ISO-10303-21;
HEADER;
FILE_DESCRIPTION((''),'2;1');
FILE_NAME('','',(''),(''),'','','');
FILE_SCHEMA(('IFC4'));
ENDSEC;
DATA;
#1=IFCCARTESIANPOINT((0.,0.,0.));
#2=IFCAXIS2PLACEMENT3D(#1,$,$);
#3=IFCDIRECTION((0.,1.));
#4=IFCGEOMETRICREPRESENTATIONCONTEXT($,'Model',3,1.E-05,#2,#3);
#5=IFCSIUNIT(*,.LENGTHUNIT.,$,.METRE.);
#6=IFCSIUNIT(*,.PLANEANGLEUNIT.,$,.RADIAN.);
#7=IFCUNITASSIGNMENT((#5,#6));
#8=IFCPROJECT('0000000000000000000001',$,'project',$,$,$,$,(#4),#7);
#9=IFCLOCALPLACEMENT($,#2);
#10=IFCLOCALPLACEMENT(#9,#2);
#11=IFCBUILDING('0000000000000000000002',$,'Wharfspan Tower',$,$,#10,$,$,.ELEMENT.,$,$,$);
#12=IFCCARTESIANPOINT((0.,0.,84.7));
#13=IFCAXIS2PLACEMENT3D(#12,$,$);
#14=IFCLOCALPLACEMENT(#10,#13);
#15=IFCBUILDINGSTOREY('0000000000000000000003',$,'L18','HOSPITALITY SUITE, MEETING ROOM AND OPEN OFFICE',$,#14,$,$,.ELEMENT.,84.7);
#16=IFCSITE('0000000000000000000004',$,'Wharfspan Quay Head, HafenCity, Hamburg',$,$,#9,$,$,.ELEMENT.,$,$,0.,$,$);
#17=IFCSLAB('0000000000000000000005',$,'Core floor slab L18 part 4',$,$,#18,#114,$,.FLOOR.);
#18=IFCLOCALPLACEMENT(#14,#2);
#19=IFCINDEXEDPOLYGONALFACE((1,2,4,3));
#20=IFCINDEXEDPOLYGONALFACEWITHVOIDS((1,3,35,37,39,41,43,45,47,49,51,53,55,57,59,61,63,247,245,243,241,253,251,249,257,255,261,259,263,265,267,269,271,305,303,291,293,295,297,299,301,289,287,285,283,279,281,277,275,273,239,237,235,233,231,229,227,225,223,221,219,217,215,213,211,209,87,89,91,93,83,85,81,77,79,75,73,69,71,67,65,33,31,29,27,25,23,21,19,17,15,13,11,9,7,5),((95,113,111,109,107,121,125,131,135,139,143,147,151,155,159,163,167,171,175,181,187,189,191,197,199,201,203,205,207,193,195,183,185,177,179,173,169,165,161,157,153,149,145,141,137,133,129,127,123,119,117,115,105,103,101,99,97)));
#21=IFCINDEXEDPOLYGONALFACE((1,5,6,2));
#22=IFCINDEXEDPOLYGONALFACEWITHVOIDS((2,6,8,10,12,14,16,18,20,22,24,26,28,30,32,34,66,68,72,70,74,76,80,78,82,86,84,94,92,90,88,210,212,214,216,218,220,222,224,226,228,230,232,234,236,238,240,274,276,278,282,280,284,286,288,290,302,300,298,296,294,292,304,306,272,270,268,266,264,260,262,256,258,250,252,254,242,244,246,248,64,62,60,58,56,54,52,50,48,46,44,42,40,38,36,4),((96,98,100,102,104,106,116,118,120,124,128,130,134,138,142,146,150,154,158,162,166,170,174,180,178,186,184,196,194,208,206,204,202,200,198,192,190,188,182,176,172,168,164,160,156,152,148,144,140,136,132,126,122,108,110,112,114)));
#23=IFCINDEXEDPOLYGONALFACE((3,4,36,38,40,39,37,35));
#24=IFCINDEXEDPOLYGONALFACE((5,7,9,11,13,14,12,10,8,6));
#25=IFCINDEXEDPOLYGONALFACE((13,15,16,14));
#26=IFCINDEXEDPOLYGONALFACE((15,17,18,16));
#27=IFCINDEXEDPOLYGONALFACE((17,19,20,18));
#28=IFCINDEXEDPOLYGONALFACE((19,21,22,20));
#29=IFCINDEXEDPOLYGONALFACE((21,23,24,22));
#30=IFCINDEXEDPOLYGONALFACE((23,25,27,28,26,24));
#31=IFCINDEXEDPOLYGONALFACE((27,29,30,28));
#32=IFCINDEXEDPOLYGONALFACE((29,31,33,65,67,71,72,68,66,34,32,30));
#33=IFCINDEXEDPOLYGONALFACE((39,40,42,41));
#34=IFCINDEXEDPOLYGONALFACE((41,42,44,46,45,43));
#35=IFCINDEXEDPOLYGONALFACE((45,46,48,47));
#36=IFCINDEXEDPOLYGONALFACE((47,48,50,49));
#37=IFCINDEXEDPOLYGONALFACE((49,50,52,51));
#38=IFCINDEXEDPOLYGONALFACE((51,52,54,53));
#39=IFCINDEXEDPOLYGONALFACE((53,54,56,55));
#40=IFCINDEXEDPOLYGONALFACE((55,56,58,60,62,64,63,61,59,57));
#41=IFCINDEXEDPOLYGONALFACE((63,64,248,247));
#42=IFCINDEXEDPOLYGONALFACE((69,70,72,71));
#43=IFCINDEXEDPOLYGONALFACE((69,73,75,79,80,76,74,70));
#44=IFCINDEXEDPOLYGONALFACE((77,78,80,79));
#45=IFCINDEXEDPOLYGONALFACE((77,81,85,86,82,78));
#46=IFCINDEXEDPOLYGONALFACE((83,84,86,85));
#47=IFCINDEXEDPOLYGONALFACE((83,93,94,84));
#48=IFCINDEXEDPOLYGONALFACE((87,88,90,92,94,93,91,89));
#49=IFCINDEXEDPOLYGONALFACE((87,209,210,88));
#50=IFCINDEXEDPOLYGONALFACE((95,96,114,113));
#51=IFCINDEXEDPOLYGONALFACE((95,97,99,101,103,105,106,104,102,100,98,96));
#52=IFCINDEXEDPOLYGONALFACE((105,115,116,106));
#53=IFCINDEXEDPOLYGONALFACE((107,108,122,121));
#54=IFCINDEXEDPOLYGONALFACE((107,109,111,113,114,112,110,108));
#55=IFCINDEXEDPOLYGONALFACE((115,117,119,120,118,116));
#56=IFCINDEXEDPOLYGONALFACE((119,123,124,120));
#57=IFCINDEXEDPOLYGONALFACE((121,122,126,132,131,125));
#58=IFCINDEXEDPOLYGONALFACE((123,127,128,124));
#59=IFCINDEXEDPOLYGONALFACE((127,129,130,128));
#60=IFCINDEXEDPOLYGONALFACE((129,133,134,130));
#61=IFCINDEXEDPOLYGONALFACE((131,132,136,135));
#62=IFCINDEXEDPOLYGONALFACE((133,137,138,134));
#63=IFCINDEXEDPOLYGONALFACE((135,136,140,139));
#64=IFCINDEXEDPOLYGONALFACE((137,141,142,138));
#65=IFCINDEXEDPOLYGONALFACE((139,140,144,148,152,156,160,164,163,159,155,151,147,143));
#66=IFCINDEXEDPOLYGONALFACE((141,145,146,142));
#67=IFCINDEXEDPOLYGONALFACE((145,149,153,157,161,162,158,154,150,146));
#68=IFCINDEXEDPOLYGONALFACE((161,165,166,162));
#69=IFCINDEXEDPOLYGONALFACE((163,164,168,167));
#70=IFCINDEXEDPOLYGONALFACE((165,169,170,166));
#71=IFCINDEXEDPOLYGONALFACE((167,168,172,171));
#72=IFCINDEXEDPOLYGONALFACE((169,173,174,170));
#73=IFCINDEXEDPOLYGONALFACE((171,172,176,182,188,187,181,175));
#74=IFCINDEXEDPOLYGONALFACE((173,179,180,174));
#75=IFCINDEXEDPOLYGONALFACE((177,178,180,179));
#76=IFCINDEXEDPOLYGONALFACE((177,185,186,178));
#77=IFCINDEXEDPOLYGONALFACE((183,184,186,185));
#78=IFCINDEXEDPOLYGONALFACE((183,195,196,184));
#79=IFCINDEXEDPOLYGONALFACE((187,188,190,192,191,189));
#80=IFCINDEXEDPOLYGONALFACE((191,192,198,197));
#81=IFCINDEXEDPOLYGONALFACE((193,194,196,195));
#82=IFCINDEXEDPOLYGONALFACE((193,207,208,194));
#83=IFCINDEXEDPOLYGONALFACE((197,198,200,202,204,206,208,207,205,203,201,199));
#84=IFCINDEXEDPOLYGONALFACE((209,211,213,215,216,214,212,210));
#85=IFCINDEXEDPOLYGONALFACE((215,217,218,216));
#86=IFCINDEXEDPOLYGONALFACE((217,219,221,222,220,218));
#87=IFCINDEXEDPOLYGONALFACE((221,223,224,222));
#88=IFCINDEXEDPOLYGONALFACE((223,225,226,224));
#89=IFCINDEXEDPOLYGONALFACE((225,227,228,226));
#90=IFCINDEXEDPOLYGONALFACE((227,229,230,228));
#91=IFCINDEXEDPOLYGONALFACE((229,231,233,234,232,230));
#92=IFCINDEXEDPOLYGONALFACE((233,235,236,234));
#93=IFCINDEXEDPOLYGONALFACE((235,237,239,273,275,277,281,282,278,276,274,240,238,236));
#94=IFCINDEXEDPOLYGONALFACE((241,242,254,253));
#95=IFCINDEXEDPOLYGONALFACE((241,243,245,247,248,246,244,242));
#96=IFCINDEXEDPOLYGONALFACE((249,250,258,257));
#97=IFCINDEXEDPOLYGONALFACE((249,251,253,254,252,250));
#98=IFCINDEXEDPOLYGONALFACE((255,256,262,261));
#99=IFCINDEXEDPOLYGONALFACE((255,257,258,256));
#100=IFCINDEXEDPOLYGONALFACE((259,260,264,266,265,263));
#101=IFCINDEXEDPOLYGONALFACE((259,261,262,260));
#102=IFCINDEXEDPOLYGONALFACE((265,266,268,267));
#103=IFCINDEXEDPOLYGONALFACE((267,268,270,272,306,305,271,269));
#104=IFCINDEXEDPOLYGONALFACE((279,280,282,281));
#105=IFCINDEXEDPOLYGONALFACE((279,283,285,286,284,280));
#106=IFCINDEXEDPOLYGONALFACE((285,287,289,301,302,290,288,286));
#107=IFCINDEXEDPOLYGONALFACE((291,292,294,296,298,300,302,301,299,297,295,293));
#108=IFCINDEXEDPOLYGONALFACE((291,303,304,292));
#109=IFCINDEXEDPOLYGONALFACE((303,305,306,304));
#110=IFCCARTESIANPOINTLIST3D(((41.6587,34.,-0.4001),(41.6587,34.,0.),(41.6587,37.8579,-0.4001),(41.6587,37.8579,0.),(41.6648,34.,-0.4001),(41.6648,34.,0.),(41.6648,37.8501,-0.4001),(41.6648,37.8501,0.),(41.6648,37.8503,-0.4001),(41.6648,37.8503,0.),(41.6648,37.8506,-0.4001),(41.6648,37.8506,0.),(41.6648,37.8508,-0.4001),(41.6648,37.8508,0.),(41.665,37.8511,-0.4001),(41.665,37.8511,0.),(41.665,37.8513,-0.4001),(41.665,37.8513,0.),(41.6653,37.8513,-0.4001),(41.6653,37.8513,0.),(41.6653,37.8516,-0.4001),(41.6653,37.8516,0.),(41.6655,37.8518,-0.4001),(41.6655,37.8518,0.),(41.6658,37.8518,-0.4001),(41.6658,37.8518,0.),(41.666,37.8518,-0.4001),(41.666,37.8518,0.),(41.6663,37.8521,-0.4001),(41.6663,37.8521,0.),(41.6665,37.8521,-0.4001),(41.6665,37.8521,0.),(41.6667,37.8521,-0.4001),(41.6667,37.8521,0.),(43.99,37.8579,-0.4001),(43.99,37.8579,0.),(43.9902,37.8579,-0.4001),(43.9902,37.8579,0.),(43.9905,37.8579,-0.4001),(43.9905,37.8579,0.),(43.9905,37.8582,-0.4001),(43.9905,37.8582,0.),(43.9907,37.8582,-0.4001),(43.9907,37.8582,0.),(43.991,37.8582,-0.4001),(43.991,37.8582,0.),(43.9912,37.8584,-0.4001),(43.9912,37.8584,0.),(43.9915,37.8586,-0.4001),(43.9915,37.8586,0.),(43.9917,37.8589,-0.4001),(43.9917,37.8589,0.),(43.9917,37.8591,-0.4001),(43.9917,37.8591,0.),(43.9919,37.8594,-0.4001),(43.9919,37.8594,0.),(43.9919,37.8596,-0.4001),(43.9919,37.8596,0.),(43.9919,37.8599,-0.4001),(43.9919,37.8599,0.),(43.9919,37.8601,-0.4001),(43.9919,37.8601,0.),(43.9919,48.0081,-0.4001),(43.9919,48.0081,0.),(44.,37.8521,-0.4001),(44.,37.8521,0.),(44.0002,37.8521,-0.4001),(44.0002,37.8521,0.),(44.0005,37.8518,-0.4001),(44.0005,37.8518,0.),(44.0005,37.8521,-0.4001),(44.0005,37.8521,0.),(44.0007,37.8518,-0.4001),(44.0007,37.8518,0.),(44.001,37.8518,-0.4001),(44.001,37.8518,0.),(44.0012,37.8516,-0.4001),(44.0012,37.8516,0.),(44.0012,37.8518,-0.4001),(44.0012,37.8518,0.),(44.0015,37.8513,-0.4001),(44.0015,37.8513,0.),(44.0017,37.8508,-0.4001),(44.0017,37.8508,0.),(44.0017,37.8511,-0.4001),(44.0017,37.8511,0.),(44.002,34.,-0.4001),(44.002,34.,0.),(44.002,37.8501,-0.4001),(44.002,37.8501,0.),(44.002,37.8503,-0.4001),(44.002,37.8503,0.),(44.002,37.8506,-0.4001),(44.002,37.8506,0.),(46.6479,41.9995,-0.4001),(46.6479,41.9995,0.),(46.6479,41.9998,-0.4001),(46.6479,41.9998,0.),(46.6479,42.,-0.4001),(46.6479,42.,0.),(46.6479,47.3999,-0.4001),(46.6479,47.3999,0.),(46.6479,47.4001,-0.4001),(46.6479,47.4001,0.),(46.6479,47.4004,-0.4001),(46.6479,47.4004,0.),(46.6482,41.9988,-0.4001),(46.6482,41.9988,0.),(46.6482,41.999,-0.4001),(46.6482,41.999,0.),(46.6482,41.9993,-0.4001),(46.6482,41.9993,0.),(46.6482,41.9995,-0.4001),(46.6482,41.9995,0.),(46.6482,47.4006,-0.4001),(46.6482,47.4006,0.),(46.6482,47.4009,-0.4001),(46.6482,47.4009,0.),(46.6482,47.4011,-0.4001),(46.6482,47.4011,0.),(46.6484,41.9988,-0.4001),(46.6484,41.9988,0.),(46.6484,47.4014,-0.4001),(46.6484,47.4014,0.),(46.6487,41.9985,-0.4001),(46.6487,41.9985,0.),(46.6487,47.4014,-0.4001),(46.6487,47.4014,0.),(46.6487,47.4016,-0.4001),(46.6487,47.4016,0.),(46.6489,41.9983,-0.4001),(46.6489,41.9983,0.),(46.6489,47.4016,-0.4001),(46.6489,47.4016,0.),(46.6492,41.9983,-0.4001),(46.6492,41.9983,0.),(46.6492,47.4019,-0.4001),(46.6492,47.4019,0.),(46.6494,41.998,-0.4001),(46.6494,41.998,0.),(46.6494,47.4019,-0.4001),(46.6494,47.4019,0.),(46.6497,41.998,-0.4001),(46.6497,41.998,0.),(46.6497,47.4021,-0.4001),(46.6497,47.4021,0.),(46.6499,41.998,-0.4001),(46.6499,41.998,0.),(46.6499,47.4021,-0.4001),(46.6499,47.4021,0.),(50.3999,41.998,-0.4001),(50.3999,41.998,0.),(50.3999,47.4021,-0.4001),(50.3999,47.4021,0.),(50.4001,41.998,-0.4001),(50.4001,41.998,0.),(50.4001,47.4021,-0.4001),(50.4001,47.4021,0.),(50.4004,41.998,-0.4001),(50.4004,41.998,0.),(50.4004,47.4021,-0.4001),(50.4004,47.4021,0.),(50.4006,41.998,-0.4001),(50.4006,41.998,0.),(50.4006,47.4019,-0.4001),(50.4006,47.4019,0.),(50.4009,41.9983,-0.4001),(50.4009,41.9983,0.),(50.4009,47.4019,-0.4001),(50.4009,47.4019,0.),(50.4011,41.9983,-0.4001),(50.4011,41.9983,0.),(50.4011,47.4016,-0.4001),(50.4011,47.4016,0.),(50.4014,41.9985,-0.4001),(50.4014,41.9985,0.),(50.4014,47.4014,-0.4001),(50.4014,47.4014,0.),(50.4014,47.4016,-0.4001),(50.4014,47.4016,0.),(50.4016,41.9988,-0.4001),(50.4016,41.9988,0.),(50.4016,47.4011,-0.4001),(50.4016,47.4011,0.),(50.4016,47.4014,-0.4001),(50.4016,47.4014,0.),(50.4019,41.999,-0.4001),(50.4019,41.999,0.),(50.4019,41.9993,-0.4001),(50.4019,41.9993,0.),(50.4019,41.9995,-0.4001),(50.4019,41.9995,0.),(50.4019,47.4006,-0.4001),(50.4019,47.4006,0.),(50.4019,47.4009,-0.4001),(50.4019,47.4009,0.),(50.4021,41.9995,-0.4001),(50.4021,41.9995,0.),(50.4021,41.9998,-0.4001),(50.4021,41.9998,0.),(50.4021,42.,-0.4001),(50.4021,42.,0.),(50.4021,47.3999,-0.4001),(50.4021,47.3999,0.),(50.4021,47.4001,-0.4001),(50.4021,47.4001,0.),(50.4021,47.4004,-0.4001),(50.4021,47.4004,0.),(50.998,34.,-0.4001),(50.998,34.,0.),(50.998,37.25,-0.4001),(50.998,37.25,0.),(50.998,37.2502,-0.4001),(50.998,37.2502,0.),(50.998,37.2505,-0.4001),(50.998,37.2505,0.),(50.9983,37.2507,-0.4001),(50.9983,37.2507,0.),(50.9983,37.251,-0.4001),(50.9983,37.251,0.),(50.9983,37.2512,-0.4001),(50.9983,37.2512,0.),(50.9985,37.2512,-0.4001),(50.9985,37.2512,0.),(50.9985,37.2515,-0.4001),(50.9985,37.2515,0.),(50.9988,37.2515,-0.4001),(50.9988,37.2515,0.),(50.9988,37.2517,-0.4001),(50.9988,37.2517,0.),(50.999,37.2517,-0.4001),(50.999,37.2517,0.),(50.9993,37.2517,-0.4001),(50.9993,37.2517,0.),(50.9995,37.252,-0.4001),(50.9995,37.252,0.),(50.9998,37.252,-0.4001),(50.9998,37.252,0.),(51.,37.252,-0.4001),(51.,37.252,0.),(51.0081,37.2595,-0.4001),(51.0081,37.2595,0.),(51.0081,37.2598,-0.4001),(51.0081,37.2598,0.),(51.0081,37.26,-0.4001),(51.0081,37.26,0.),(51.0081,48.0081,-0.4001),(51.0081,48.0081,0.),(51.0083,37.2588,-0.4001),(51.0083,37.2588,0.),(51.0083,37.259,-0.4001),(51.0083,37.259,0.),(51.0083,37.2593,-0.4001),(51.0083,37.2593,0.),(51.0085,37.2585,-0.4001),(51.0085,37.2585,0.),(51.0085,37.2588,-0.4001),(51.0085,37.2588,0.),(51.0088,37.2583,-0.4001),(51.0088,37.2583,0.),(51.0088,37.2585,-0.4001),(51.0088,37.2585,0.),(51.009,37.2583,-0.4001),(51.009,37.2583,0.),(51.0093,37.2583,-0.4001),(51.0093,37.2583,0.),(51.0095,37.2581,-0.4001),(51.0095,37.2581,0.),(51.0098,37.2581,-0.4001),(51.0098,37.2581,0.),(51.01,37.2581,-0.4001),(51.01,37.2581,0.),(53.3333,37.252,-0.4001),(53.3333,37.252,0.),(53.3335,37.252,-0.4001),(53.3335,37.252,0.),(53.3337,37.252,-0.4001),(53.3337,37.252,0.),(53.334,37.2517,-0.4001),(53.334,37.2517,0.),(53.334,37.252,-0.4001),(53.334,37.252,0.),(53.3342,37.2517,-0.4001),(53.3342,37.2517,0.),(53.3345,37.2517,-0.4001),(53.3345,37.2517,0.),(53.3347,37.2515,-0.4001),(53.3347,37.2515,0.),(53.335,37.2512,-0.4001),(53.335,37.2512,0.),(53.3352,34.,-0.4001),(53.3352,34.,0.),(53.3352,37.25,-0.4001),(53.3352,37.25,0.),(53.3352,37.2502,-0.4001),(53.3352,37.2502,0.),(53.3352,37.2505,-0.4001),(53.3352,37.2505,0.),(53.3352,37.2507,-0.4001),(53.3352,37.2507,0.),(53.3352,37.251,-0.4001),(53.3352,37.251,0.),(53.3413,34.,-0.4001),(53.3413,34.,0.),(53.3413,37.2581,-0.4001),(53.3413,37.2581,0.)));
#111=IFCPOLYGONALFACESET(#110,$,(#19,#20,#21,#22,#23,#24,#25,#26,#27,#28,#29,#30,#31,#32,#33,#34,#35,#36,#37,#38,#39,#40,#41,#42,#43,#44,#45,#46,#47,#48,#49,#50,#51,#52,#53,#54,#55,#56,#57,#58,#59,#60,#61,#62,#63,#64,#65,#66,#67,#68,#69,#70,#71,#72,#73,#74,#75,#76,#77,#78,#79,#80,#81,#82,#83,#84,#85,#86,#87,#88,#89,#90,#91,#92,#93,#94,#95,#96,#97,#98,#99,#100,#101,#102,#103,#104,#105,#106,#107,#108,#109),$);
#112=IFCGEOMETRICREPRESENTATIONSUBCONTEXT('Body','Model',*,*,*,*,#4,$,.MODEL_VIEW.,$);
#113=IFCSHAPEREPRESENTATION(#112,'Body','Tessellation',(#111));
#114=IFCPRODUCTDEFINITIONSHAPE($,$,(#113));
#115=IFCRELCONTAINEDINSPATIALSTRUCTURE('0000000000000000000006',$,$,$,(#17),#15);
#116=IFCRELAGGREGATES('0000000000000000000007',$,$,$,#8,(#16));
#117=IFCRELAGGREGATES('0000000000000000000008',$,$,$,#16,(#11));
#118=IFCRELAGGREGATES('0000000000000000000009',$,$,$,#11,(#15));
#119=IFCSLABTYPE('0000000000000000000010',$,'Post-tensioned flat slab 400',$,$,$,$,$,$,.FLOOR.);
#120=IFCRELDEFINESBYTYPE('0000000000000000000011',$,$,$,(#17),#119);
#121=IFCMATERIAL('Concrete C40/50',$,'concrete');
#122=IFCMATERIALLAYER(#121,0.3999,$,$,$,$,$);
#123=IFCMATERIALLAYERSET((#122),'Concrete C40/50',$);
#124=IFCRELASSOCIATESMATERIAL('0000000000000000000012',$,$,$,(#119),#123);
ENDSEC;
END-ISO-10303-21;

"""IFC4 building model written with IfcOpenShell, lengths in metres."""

from ifc_helpers import new_model, si_unit, direction, frame, origin, place, context, subcontext, project, spatial, polyline, outline, extrude, material, layer, layer_set, type_object, element, save


model = new_model("IFC4")

# Units and contexts
model_context = context("Model", 3, precision=1e-05, world=origin(), true_north=direction((0.0, 1.0)))
body_context = subcontext(model_context, "Body", "Model", "MODEL_VIEW")
ifc_project = project(units=[si_unit("LENGTHUNIT", "METRE"), si_unit("PLANEANGLEUNIT", "RADIAN")], contexts=[model_context])

# Site, building, storey
site_placement = place(None, origin())
site = spatial("IfcSite", under=ifc_project, at=site_placement, Name="Wharfspan Quay Head, HafenCity, Hamburg", CompositionType="ELEMENT", RefElevation=0.0)
building_placement = place(site_placement, origin())
building = spatial("IfcBuilding", under=site, at=building_placement, Name="Wharfspan Tower", CompositionType="ELEMENT")
storey_placement = place(building_placement, frame((0.0, 0.0, 84.7)))
storey = spatial("IfcBuildingStorey", under=building, at=storey_placement, Name="L18", Description="HOSPITALITY SUITE, MEETING ROOM AND OPEN OFFICE", CompositionType="ELEMENT", Elevation=84.7)

# Slab
ifc_material_1 = material(Name="Concrete C40/50", Category="concrete")
ifc_layer_1 = layer(ifc_material_1, 0.3999)
ifc_layer_set_1 = layer_set([ifc_layer_1], Name="Concrete C40/50")
slab_type_1 = type_object("IfcSlabType", Name="Post-tensioned flat slab 400", PredefinedType="FLOOR", material=ifc_layer_set_1)
slab_1_placement = place(storey_placement, frame((0.0, 0.0, -0.4001)))
element("IfcSlab", 1, at=slab_1_placement, inside=storey, type_object=slab_type_1, Name="Core floor slab L18 part 4", PredefinedType="FLOOR", context=body_context, shape_type="SweptSolid", body=[
    extrude(outline(polyline([(53.3413, 34.0), (53.3413, 37.2581), (51.01, 37.2581), (51.0098, 37.2581), (51.0095, 37.2581), (51.0095, 37.2581), (51.0093, 37.2583), (51.009, 37.2583), (51.0088, 37.2583), (51.0088, 37.2585), (51.0085, 37.2585), (51.0085, 37.2588), (51.0083, 37.2588), (51.0083, 37.259), (51.0083, 37.2593), (51.0081, 37.2595), (51.0081, 37.2595), (51.0081, 37.2598), (51.0081, 37.26), (51.0081, 48.0081), (43.9919, 48.0081), (43.9919, 37.8601), (43.9919, 37.8599), (43.9919, 37.8596), (43.9919, 37.8594), (43.9917, 37.8591), (43.9917, 37.8591), (43.9917, 37.8589), (43.9915, 37.8586), (43.9915, 37.8586), (43.9912, 37.8584), (43.9912, 37.8584), (43.991, 37.8582), (43.9907, 37.8582), (43.9905, 37.8582), (43.9905, 37.8579), (43.9902, 37.8579), (43.99, 37.8579), (41.6587, 37.8579), (41.6587, 34.0), (41.6648, 34.0), (41.6648, 37.8501), (41.6648, 37.8501), (41.6648, 37.8503), (41.6648, 37.8506), (41.6648, 37.8508), (41.6648, 37.8508), (41.665, 37.8511), (41.665, 37.8513), (41.6653, 37.8513), (41.6653, 37.8516), (41.6655, 37.8518), (41.6658, 37.8518), (41.666, 37.8518), (41.666, 37.8518), (41.6663, 37.8521), (41.6665, 37.8521), (41.6667, 37.8521), (44.0, 37.8521), (44.0002, 37.8521), (44.0005, 37.8521), (44.0005, 37.8518), (44.0007, 37.8518), (44.001, 37.8518), (44.0012, 37.8518), (44.0012, 37.8516), (44.0015, 37.8513), (44.0015, 37.8513), (44.0017, 37.8511), (44.0017, 37.8508), (44.0017, 37.8508), (44.002, 37.8506), (44.002, 37.8503), (44.002, 37.8501), (44.002, 37.8501), (44.002, 34.0), (50.998, 34.0), (50.998, 37.25), (50.998, 37.2502), (50.998, 37.2505), (50.998, 37.2505), (50.9983, 37.2507), (50.9983, 37.251), (50.9983, 37.2512), (50.9985, 37.2512), (50.9985, 37.2515), (50.9988, 37.2515), (50.9988, 37.2517), (50.999, 37.2517), (50.9993, 37.2517), (50.9995, 37.252), (50.9995, 37.252), (50.9998, 37.252), (51.0, 37.252), (53.3333, 37.252), (53.3335, 37.252), (53.3337, 37.252), (53.334, 37.252), (53.334, 37.2517), (53.3342, 37.2517), (53.3345, 37.2517), (53.3347, 37.2515), (53.3347, 37.2515), (53.335, 37.2512), (53.335, 37.2512), (53.3352, 37.251), (53.3352, 37.2507), (53.3352, 37.2505), (53.3352, 37.2505), (53.3352, 37.2502), (53.3352, 37.25), (53.3352, 34.0), (53.3413, 34.0)]), holes=[polyline([(46.6499, 41.998), (46.6499, 41.998), (46.6497, 41.998), (46.6494, 41.998), (46.6492, 41.9983), (46.6492, 41.9983), (46.6489, 41.9983), (46.6487, 41.9985), (46.6487, 41.9985), (46.6484, 41.9988), (46.6482, 41.9988), (46.6482, 41.999), (46.6482, 41.9993), (46.6482, 41.9995), (46.6479, 41.9995), (46.6479, 41.9998), (46.6479, 42.0), (46.6479, 47.3999), (46.6479, 47.4001), (46.6479, 47.4004), (46.6482, 47.4006), (46.6482, 47.4009), (46.6482, 47.4009), (46.6482, 47.4011), (46.6484, 47.4014), (46.6487, 47.4014), (46.6487, 47.4016), (46.6489, 47.4016), (46.6492, 47.4019), (46.6492, 47.4019), (46.6494, 47.4019), (46.6497, 47.4021), (46.6499, 47.4021), (46.6499, 47.4021), (50.3999, 47.4021), (50.4001, 47.4021), (50.4004, 47.4021), (50.4006, 47.4019), (50.4009, 47.4019), (50.4009, 47.4019), (50.4011, 47.4016), (50.4014, 47.4016), (50.4014, 47.4014), (50.4016, 47.4014), (50.4016, 47.4011), (50.4019, 47.4009), (50.4019, 47.4009), (50.4019, 47.4006), (50.4021, 47.4004), (50.4021, 47.4001), (50.4021, 47.3999), (50.4021, 42.0), (50.4021, 41.9998), (50.4021, 41.9995), (50.4019, 41.9995), (50.4019, 41.9993), (50.4019, 41.999), (50.4016, 41.9988), (50.4016, 41.9988), (50.4014, 41.9985), (50.4014, 41.9985), (50.4011, 41.9983), (50.4009, 41.9983), (50.4009, 41.9983), (50.4006, 41.998), (50.4004, 41.998), (50.4001, 41.998), (50.3999, 41.998), (46.6499, 41.998)])]), origin(), (0.0, 0.0, 1.0), 0.4001),
])

save(model, "model.ifc")
